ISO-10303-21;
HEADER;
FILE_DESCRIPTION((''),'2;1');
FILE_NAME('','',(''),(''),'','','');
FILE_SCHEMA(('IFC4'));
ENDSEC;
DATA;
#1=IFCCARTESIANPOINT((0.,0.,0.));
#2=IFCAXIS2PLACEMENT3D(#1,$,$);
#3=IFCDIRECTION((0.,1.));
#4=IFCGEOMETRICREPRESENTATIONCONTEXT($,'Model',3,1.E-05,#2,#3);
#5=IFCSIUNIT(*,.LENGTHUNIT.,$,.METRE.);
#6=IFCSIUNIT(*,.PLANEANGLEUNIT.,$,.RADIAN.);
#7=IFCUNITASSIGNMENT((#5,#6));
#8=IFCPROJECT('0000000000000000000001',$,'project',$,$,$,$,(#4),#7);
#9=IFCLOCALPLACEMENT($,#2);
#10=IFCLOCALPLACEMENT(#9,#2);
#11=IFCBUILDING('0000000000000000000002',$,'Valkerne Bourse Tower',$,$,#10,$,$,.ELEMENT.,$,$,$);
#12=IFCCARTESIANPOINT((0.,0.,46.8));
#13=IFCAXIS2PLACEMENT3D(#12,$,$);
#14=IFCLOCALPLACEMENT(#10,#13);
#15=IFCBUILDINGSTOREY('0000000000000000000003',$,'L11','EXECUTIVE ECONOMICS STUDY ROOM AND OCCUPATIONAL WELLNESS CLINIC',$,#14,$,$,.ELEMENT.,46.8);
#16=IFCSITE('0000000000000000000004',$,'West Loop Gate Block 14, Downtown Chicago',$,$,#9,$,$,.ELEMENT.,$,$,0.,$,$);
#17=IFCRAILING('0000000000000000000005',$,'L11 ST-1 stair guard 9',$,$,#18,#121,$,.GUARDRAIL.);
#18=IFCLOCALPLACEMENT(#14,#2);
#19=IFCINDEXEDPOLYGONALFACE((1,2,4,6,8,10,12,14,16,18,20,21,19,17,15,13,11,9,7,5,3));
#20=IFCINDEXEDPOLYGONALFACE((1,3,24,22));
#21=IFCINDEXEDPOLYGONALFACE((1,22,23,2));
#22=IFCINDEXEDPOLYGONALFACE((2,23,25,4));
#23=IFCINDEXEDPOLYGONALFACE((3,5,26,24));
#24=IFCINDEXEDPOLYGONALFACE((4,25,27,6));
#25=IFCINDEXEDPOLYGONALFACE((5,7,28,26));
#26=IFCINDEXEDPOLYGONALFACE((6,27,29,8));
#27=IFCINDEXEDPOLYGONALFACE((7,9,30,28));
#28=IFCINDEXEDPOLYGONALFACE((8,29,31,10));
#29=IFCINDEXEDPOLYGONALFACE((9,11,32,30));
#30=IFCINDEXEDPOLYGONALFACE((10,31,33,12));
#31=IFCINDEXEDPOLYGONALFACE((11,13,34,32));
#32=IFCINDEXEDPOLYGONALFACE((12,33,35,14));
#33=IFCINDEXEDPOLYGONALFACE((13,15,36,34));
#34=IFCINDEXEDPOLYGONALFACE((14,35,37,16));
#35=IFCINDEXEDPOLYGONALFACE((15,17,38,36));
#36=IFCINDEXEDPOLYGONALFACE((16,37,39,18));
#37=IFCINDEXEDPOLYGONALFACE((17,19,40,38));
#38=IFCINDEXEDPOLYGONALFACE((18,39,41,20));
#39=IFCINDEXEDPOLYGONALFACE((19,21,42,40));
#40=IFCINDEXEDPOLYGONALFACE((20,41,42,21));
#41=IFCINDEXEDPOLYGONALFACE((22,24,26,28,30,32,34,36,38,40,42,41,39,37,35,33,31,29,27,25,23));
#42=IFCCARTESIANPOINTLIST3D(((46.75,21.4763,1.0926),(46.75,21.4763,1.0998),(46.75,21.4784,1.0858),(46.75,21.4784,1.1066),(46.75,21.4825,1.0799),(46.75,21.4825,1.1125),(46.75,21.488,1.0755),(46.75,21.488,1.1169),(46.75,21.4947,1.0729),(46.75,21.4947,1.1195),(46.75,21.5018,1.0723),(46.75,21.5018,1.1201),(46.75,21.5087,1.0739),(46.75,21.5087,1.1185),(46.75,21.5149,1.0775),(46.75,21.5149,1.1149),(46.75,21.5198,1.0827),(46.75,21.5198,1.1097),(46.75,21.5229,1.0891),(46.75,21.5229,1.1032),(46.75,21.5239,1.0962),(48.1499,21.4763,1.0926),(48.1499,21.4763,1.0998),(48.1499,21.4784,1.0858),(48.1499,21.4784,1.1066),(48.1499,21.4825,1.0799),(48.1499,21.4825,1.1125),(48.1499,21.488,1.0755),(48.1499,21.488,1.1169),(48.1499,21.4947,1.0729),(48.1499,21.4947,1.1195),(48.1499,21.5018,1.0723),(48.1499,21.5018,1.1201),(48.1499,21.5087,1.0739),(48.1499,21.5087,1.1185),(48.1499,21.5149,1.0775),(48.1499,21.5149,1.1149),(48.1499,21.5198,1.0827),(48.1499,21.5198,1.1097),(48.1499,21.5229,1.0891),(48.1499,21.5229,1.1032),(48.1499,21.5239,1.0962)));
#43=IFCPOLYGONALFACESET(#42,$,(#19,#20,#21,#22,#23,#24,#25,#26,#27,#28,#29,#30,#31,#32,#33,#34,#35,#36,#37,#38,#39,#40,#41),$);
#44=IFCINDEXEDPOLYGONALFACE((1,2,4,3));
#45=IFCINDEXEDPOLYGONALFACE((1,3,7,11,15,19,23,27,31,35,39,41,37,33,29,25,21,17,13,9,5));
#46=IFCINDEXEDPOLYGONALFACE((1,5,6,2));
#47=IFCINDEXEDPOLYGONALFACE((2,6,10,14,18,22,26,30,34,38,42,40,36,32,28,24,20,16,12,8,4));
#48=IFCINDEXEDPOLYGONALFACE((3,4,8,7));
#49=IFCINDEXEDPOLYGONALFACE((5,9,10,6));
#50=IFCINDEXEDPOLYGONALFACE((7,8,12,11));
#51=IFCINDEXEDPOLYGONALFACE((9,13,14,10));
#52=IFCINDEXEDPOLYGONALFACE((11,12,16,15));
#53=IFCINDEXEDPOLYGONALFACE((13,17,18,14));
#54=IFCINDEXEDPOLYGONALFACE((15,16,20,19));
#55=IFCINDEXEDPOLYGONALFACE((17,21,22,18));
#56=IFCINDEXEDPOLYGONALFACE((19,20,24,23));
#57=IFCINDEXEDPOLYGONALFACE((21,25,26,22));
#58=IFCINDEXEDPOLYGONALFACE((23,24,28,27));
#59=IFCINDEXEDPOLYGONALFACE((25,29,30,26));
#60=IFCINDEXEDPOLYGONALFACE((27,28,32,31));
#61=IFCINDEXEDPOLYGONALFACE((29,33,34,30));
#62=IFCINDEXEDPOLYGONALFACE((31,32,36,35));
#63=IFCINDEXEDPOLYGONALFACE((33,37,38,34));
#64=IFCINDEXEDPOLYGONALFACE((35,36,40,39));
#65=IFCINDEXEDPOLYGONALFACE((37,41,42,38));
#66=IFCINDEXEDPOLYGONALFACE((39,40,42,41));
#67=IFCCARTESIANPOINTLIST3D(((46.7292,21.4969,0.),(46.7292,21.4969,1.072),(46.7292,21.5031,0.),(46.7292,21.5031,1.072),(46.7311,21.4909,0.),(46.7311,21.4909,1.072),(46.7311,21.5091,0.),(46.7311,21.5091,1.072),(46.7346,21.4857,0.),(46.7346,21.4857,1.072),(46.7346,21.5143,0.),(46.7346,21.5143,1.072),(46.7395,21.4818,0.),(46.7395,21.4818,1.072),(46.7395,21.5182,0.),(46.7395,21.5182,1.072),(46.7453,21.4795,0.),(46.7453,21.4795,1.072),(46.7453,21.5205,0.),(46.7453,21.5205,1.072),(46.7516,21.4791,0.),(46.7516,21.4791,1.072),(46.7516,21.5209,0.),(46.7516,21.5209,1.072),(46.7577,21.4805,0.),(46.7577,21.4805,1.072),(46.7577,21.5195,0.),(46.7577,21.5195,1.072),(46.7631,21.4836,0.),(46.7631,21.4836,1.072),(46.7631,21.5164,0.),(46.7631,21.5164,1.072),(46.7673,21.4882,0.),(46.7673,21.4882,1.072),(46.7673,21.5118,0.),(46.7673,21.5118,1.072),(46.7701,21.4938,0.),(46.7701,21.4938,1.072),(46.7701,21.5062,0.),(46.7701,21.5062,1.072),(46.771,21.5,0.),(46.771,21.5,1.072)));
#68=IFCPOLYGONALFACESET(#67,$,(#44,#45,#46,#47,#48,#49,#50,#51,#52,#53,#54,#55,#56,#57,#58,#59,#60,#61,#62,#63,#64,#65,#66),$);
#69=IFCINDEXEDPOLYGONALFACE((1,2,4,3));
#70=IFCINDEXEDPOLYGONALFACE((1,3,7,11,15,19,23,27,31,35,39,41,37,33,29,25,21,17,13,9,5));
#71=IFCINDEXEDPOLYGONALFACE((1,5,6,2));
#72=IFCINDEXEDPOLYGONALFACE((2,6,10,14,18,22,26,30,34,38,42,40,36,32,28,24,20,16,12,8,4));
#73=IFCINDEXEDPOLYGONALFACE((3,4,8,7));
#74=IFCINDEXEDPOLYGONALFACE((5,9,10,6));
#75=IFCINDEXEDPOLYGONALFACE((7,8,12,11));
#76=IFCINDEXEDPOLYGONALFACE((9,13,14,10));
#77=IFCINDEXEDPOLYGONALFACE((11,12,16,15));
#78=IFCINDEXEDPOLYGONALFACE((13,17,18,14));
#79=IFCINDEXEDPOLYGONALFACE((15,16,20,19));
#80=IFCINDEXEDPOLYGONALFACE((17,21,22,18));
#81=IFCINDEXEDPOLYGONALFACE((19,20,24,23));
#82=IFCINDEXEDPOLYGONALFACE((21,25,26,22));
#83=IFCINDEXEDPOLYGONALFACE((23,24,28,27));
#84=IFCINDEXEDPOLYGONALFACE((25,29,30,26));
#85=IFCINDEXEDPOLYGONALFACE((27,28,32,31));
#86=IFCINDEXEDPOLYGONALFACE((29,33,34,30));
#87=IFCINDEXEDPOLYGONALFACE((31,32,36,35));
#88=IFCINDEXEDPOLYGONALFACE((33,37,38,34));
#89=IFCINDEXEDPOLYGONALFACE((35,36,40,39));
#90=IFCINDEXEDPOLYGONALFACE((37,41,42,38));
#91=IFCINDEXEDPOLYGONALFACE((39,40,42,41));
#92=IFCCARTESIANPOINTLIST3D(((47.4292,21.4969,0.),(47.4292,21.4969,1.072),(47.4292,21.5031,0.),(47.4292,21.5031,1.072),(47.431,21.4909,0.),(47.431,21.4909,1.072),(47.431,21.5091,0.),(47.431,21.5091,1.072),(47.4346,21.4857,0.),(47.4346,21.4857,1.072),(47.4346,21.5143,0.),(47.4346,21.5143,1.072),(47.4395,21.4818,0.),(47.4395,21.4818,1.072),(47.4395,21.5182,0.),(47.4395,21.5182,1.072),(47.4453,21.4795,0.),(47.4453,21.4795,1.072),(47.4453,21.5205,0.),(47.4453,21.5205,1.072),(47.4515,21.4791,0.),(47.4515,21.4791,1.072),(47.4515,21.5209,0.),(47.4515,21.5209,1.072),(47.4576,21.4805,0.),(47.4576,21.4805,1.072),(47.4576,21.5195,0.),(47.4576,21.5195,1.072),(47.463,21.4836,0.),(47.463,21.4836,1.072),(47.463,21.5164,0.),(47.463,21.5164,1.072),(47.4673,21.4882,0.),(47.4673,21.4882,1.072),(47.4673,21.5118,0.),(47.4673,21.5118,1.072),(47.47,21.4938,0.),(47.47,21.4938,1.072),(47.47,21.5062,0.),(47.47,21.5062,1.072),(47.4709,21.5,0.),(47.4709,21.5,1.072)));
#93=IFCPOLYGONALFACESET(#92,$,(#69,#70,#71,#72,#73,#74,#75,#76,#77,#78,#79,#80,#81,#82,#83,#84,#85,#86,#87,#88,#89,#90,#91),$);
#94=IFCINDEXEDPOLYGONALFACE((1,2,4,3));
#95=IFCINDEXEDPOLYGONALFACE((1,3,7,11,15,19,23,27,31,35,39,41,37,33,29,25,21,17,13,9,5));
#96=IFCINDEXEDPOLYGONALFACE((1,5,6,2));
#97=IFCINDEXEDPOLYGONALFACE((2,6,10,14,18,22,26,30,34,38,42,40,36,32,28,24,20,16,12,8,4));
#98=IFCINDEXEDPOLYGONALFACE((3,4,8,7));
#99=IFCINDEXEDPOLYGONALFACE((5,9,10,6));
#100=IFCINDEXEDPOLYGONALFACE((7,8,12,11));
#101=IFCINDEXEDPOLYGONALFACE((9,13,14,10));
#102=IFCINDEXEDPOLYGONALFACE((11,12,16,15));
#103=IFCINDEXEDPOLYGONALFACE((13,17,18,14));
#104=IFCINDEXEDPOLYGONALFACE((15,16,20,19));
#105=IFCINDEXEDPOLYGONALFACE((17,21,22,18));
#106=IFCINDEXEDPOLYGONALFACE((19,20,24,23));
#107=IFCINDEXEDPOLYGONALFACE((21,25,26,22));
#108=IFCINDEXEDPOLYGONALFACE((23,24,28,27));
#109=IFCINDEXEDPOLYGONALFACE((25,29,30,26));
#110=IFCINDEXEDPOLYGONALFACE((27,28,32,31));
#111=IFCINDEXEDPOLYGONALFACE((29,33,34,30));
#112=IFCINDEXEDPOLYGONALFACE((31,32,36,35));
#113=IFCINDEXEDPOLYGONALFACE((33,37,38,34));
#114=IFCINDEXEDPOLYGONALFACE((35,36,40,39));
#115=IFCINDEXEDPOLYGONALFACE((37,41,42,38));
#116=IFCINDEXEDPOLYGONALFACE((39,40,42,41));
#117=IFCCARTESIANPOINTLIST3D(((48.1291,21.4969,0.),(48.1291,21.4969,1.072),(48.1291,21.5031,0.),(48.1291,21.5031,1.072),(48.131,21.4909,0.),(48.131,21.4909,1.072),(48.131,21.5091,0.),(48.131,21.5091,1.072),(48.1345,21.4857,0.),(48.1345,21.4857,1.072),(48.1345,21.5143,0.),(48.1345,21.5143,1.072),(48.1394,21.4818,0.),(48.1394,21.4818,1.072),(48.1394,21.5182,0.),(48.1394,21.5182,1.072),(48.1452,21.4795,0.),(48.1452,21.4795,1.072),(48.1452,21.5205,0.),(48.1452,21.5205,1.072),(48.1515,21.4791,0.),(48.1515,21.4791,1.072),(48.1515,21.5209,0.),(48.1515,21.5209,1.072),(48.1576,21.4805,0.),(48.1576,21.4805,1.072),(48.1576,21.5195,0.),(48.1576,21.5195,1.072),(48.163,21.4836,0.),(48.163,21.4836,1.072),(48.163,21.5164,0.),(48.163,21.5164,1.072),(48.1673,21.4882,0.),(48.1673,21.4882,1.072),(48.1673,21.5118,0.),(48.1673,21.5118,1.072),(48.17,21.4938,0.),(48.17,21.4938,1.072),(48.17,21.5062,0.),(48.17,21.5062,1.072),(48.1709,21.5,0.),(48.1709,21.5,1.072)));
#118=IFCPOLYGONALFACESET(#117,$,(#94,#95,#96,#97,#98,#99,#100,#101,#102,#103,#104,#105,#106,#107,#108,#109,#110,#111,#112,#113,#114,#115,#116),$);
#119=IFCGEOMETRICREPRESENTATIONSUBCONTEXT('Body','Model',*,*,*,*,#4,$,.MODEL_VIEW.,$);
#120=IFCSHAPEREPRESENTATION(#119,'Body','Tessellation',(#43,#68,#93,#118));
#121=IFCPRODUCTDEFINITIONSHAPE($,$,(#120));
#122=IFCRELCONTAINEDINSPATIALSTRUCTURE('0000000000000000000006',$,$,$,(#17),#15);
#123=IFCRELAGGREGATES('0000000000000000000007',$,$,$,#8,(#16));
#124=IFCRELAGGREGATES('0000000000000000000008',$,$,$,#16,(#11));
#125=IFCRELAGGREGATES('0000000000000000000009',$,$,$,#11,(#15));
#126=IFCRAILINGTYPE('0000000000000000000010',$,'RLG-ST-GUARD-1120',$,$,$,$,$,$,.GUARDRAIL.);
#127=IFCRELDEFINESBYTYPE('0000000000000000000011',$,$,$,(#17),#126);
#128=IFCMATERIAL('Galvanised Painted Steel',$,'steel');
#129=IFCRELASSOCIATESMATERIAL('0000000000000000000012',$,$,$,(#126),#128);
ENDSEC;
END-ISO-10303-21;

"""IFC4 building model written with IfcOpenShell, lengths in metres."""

from ifc_helpers import new_model, si_unit, direction, frame, origin, origin_2d, place, context, subcontext, project, spatial, circle, extrude, material, type_object, element, save


model = new_model("IFC4")

# Units and contexts
model_context = context("Model", 3, precision=1e-05, world=origin(), true_north=direction((0.0, 1.0)))
body_context = subcontext(model_context, "Body", "Model", "MODEL_VIEW")
ifc_project = project(units=[si_unit("LENGTHUNIT", "METRE"), si_unit("PLANEANGLEUNIT", "RADIAN")], contexts=[model_context])

# Site, building, storey
site_placement = place(None, origin())
site = spatial("IfcSite", under=ifc_project, at=site_placement, Name="West Loop Gate Block 14, Downtown Chicago", CompositionType="ELEMENT", RefElevation=0.0)
building_placement = place(site_placement, origin())
building = spatial("IfcBuilding", under=site, at=building_placement, Name="Valkerne Bourse Tower", CompositionType="ELEMENT")
storey_placement = place(building_placement, frame((0.0, 0.0, 46.8)))
storey = spatial("IfcBuildingStorey", under=building, at=storey_placement, Name="L11", Description="EXECUTIVE ECONOMICS STUDY ROOM AND OCCUPATIONAL WELLNESS CLINIC", CompositionType="ELEMENT", Elevation=46.8)

# Shared definitions
ifc_material_1 = material(Name="Galvanised Painted Steel", Category="steel")

# Railing
railing_type = type_object("IfcRailingType", Name="RLG-ST-GUARD-1120", PredefinedType="GUARDRAIL", material=ifc_material_1)
for number, where, name in (
    (1, (46.75, 21.5, 0.0), "L11 ST-1 stair guard 9"),
):
    element("IfcRailing", number, at=place(storey_placement, frame(where)), inside=storey, type_object=railing_type, Name=name, PredefinedType="GUARDRAIL", context=body_context, shape_type="SweptSolid", body=[
        extrude(circle(Radius=0.0239, at=origin_2d()), frame((0.0, 0.0, 1.0962), z_axis=(1.0, 0.0, 0.0), x_axis=(0.0, 1.0, 0.0)), (0.0, 0.0, 1.0), 1.3999),
        extrude(circle(Radius=0.021, at=origin_2d()), origin(), (0.0, 0.0, 1.0), 1.072),
        extrude(circle(Radius=0.021, at=origin_2d()), frame((0.7, 0.0, 0.0)), (0.0, 0.0, 1.0), 1.072),
        extrude(circle(Radius=0.021, at=origin_2d()), frame((1.3999, 0.0, 0.0)), (0.0, 0.0, 1.0), 1.072),
    ])

save(model, "model.ifc")
